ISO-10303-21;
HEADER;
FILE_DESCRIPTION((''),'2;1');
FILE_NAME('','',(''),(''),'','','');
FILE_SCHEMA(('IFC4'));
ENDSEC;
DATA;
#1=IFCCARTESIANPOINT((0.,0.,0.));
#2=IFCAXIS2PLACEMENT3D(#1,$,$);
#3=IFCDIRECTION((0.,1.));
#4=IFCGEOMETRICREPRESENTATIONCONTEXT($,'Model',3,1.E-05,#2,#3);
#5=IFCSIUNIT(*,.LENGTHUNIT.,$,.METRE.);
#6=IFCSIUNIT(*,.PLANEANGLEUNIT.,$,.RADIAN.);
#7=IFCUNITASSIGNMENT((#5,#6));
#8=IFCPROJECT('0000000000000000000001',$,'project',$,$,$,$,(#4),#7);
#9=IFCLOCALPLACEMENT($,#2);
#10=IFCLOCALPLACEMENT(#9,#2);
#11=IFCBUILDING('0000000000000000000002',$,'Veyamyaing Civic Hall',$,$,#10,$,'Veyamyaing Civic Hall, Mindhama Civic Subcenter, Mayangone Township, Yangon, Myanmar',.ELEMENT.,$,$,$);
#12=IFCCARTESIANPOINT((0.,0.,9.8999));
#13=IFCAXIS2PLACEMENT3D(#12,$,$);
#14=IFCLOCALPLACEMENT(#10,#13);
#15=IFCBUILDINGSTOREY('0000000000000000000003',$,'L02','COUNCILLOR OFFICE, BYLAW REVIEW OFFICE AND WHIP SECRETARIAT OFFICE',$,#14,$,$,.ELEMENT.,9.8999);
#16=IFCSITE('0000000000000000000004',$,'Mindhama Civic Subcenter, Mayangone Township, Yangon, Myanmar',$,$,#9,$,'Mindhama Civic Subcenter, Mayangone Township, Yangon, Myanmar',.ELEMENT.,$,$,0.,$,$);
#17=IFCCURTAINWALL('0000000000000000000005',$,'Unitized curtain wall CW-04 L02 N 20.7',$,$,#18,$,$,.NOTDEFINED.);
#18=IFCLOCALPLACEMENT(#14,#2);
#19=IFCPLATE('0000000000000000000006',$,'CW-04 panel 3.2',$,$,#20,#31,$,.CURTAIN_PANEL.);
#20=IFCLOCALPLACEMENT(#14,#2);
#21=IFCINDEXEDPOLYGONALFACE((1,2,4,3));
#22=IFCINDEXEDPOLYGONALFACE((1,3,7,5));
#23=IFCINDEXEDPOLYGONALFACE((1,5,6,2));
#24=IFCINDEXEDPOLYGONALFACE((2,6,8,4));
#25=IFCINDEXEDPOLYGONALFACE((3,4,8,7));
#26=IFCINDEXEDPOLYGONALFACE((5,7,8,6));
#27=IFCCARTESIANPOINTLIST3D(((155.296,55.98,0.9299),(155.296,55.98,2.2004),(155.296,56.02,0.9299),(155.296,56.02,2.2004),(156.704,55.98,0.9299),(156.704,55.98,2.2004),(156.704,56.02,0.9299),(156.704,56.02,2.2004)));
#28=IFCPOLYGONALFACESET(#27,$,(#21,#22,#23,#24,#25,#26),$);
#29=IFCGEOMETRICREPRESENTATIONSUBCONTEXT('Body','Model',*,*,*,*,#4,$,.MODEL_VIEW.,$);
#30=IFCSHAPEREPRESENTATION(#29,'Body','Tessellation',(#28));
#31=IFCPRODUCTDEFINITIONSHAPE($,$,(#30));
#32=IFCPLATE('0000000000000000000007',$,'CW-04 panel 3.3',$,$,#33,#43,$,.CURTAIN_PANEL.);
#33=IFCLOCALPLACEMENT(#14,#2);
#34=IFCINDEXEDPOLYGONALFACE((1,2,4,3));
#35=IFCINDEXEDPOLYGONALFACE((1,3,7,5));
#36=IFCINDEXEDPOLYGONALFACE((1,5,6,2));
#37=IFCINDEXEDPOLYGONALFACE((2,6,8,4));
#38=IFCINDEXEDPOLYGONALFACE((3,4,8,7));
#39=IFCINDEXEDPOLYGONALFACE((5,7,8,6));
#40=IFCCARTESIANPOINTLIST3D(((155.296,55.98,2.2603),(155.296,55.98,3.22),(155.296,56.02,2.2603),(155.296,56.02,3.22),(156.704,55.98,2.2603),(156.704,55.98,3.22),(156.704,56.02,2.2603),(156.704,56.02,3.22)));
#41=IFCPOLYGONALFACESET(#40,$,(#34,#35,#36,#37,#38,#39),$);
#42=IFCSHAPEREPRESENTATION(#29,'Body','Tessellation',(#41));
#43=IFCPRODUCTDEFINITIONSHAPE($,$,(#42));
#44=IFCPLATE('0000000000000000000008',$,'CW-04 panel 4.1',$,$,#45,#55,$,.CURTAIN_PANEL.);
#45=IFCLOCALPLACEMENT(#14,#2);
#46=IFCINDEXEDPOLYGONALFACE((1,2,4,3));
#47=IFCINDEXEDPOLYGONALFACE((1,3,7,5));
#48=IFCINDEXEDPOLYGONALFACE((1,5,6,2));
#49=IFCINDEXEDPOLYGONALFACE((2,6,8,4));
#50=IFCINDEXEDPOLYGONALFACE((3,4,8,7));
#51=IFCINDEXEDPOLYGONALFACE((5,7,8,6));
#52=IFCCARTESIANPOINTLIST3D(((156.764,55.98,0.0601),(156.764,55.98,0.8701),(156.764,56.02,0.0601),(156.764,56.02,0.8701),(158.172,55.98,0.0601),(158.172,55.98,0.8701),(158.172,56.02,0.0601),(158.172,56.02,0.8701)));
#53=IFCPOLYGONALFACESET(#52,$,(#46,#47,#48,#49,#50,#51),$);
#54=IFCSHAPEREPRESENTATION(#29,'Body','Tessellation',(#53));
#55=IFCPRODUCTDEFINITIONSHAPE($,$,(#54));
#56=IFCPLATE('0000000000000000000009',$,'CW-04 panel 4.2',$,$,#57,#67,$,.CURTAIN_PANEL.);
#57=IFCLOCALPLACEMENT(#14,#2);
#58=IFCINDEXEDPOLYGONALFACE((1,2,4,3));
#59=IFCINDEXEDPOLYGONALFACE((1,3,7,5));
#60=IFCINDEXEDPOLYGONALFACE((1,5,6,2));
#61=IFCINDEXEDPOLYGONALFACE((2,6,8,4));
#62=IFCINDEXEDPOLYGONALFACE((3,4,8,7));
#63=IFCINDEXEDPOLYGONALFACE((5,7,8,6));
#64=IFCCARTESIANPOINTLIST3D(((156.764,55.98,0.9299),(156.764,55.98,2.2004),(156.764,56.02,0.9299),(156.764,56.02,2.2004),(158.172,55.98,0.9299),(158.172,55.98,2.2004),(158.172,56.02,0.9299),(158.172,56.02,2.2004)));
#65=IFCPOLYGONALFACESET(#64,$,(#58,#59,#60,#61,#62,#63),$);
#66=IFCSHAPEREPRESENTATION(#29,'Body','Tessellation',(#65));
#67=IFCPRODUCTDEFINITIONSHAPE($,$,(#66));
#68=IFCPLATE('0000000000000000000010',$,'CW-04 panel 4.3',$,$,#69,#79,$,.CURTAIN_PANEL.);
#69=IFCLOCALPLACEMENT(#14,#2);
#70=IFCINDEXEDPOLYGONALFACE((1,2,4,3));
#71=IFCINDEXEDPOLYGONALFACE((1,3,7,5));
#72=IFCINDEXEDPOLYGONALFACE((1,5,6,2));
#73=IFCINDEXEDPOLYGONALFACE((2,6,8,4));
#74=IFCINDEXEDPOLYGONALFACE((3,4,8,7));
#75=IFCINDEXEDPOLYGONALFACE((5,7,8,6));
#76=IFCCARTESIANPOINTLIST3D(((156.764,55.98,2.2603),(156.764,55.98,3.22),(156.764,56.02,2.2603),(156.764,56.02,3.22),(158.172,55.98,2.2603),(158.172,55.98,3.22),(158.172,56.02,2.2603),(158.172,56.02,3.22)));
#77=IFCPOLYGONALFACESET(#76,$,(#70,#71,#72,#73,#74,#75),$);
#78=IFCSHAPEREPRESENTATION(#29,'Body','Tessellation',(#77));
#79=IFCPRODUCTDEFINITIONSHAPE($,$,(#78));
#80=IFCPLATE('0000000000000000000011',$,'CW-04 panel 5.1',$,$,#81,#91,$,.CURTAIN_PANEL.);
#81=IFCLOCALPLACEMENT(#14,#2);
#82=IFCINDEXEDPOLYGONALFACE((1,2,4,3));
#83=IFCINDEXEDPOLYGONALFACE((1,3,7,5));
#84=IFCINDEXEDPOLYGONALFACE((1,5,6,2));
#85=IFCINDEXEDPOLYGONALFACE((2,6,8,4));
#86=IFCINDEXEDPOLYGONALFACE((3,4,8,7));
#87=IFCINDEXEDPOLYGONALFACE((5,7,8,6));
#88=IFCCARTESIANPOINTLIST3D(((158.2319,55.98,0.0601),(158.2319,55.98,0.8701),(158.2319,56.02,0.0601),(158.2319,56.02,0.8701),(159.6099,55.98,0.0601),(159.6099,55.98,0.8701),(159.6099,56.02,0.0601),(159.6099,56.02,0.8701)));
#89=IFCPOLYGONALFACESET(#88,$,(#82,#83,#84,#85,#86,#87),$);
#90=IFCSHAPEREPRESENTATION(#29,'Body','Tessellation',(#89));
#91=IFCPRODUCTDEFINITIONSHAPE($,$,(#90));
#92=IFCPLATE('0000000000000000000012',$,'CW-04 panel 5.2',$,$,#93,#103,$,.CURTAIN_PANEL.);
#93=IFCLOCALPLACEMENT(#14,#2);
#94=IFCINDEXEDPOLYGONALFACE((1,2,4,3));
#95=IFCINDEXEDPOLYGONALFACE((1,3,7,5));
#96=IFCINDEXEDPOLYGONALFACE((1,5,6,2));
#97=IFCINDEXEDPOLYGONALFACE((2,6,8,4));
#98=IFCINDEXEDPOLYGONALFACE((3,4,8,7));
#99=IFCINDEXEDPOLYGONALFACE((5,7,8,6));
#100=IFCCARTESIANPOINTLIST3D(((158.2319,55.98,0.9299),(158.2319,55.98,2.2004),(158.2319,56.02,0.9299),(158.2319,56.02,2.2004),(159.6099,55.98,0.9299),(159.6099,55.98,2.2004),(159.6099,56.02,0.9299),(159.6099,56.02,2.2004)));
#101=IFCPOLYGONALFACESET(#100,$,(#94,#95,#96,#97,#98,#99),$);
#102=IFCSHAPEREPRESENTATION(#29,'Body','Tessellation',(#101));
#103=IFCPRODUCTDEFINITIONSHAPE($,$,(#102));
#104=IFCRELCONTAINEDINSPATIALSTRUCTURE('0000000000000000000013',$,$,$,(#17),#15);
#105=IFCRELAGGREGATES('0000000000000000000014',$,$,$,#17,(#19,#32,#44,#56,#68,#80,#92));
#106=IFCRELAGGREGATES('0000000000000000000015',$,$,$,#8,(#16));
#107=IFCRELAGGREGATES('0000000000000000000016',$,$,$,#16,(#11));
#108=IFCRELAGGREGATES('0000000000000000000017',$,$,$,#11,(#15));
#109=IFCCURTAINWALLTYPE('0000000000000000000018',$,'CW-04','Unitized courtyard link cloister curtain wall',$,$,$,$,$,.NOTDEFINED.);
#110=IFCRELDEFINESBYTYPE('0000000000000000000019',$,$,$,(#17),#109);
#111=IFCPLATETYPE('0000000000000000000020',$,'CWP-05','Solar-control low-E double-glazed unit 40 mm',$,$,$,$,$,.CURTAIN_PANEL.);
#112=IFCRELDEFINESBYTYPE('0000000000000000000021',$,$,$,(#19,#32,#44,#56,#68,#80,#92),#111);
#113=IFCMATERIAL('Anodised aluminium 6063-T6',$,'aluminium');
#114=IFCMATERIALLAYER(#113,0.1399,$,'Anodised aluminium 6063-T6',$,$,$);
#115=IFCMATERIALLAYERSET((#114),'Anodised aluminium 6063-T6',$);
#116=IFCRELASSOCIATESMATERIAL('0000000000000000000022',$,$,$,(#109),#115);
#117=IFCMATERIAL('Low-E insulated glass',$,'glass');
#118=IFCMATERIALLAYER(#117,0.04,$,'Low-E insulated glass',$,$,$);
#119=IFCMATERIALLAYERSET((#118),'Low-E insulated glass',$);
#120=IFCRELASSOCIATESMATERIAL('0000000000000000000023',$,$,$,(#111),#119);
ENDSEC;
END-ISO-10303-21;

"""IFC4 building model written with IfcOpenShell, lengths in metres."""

from ifc_helpers import new_model, si_unit, direction, frame, origin, origin_2d, place, context, subcontext, project, spatial, rectangle, extrude, material, layer, layer_set, type_object, element, aggregate, save


model = new_model("IFC4")

# Units and contexts
model_context = context("Model", 3, precision=1e-05, world=origin(), true_north=direction((0.0, 1.0)))
body_context = subcontext(model_context, "Body", "Model", "MODEL_VIEW")
ifc_project = project(units=[si_unit("LENGTHUNIT", "METRE"), si_unit("PLANEANGLEUNIT", "RADIAN")], contexts=[model_context])

# Site, building, storey
site_placement = place(None, origin())
site = spatial("IfcSite", under=ifc_project, at=site_placement, Name="Mindhama Civic Subcenter, Mayangone Township, Yangon, Myanmar", LongName="Mindhama Civic Subcenter, Mayangone Township, Yangon, Myanmar", CompositionType="ELEMENT", RefElevation=0.0)
building_placement = place(site_placement, origin())
building = spatial("IfcBuilding", under=site, at=building_placement, Name="Veyamyaing Civic Hall", LongName="Veyamyaing Civic Hall, Mindhama Civic Subcenter, Mayangone Township, Yangon, Myanmar", CompositionType="ELEMENT")
storey_placement = place(building_placement, frame((0.0, 0.0, 9.8999)))
storey = spatial("IfcBuildingStorey", under=building, at=storey_placement, Name="L02", Description="COUNCILLOR OFFICE, BYLAW REVIEW OFFICE AND WHIP SECRETARIAT OFFICE", CompositionType="ELEMENT", Elevation=9.8999)

# Curtain wall, plates
ifc_material_1 = material(Name="Anodised aluminium 6063-T6", Category="aluminium")
ifc_layer_1 = layer(ifc_material_1, 0.1399, Name="Anodised aluminium 6063-T6")
ifc_layer_set_1 = layer_set([ifc_layer_1], Name="Anodised aluminium 6063-T6")
curtain_wall_type = type_object("IfcCurtainWallType", Name="CW-04", Description="Unitized courtyard link cloister curtain wall", PredefinedType="NOTDEFINED", material=ifc_layer_set_1)
curtain_wall_placement = place(storey_placement, origin())
curtain_wall = element("IfcCurtainWall", 1, at=curtain_wall_placement, inside=storey, type_object=curtain_wall_type, Name="Unitized curtain wall CW-04 L02 N 20.7", PredefinedType="NOTDEFINED")
ifc_material_2 = material(Name="Low-E insulated glass", Category="glass")
ifc_layer_2 = layer(ifc_material_2, 0.04, Name="Low-E insulated glass")
ifc_layer_set_2 = layer_set([ifc_layer_2], Name="Low-E insulated glass")
plate_type = type_object("IfcPlateType", Name="CWP-05", Description="Solar-control low-E double-glazed unit 40 mm", PredefinedType="CURTAIN_PANEL", material=ifc_layer_set_2)
plate_1_placement = place(storey_placement, frame((156.0, 56.0, 0.9299), z_axis=(0.0, 0.0, 1.0), x_axis=(1.0, 0.0, 0.0)))
plate_1 = element("IfcPlate", 2, at=plate_1_placement, type_object=plate_type, Name="CW-04 panel 3.2", PredefinedType="CURTAIN_PANEL", context=body_context, shape_type="SweptSolid", body=[
    extrude(rectangle(XDim=1.408, YDim=0.04, at=origin_2d()), origin(), (0.0, 0.0, 1.0), 1.2705),
])
plate_2_placement = place(storey_placement, frame((156.0, 56.0, 2.2603), z_axis=(0.0, 0.0, 1.0), x_axis=(1.0, 0.0, 0.0)))
plate_2 = element("IfcPlate", 3, at=plate_2_placement, type_object=plate_type, Name="CW-04 panel 3.3", PredefinedType="CURTAIN_PANEL", context=body_context, shape_type="SweptSolid", body=[
    extrude(rectangle(XDim=1.408, YDim=0.04, at=origin_2d()), origin(), (0.0, 0.0, 1.0), 0.9597),
])
plate_3_placement = place(storey_placement, frame((157.468, 56.0, 0.0601), z_axis=(0.0, 0.0, 1.0), x_axis=(1.0, 0.0, 0.0)))
plate_3 = element("IfcPlate", 4, at=plate_3_placement, type_object=plate_type, Name="CW-04 panel 4.1", PredefinedType="CURTAIN_PANEL", context=body_context, shape_type="SweptSolid", body=[
    extrude(rectangle(XDim=1.408, YDim=0.04, at=origin_2d()), origin(), (0.0, 0.0, 1.0), 0.8101),
])
plate_4_placement = place(storey_placement, frame((157.468, 56.0, 0.9299), z_axis=(0.0, 0.0, 1.0), x_axis=(1.0, 0.0, 0.0)))
plate_4 = element("IfcPlate", 5, at=plate_4_placement, type_object=plate_type, Name="CW-04 panel 4.2", PredefinedType="CURTAIN_PANEL", context=body_context, shape_type="SweptSolid", body=[
    extrude(rectangle(XDim=1.408, YDim=0.04, at=origin_2d()), origin(), (0.0, 0.0, 1.0), 1.2705),
])
plate_5_placement = place(storey_placement, frame((157.468, 56.0, 2.2603), z_axis=(0.0, 0.0, 1.0), x_axis=(1.0, 0.0, 0.0)))
plate_5 = element("IfcPlate", 6, at=plate_5_placement, type_object=plate_type, Name="CW-04 panel 4.3", PredefinedType="CURTAIN_PANEL", context=body_context, shape_type="SweptSolid", body=[
    extrude(rectangle(XDim=1.408, YDim=0.04, at=origin_2d()), origin(), (0.0, 0.0, 1.0), 0.9597),
])
plate_6_placement = place(storey_placement, frame((158.9209, 56.0, 0.0601), z_axis=(0.0, 0.0, 1.0), x_axis=(1.0, 0.0, 0.0)))
plate_6 = element("IfcPlate", 7, at=plate_6_placement, type_object=plate_type, Name="CW-04 panel 5.1", PredefinedType="CURTAIN_PANEL", context=body_context, shape_type="SweptSolid", body=[
    extrude(rectangle(XDim=1.3779, YDim=0.04, at=origin_2d()), origin(), (0.0, 0.0, 1.0), 0.8101),
])
plate_7_placement = place(storey_placement, frame((158.9209, 56.0, 0.9299), z_axis=(0.0, 0.0, 1.0), x_axis=(1.0, 0.0, 0.0)))
plate_7 = element("IfcPlate", 8, at=plate_7_placement, type_object=plate_type, Name="CW-04 panel 5.2", PredefinedType="CURTAIN_PANEL", context=body_context, shape_type="SweptSolid", body=[
    extrude(rectangle(XDim=1.3779, YDim=0.04, at=origin_2d()), origin(), (0.0, 0.0, 1.0), 1.2705),
])
aggregate(curtain_wall, [plate_1, plate_2, plate_3, plate_4, plate_5, plate_6, plate_7])

save(model, "model.ifc")
